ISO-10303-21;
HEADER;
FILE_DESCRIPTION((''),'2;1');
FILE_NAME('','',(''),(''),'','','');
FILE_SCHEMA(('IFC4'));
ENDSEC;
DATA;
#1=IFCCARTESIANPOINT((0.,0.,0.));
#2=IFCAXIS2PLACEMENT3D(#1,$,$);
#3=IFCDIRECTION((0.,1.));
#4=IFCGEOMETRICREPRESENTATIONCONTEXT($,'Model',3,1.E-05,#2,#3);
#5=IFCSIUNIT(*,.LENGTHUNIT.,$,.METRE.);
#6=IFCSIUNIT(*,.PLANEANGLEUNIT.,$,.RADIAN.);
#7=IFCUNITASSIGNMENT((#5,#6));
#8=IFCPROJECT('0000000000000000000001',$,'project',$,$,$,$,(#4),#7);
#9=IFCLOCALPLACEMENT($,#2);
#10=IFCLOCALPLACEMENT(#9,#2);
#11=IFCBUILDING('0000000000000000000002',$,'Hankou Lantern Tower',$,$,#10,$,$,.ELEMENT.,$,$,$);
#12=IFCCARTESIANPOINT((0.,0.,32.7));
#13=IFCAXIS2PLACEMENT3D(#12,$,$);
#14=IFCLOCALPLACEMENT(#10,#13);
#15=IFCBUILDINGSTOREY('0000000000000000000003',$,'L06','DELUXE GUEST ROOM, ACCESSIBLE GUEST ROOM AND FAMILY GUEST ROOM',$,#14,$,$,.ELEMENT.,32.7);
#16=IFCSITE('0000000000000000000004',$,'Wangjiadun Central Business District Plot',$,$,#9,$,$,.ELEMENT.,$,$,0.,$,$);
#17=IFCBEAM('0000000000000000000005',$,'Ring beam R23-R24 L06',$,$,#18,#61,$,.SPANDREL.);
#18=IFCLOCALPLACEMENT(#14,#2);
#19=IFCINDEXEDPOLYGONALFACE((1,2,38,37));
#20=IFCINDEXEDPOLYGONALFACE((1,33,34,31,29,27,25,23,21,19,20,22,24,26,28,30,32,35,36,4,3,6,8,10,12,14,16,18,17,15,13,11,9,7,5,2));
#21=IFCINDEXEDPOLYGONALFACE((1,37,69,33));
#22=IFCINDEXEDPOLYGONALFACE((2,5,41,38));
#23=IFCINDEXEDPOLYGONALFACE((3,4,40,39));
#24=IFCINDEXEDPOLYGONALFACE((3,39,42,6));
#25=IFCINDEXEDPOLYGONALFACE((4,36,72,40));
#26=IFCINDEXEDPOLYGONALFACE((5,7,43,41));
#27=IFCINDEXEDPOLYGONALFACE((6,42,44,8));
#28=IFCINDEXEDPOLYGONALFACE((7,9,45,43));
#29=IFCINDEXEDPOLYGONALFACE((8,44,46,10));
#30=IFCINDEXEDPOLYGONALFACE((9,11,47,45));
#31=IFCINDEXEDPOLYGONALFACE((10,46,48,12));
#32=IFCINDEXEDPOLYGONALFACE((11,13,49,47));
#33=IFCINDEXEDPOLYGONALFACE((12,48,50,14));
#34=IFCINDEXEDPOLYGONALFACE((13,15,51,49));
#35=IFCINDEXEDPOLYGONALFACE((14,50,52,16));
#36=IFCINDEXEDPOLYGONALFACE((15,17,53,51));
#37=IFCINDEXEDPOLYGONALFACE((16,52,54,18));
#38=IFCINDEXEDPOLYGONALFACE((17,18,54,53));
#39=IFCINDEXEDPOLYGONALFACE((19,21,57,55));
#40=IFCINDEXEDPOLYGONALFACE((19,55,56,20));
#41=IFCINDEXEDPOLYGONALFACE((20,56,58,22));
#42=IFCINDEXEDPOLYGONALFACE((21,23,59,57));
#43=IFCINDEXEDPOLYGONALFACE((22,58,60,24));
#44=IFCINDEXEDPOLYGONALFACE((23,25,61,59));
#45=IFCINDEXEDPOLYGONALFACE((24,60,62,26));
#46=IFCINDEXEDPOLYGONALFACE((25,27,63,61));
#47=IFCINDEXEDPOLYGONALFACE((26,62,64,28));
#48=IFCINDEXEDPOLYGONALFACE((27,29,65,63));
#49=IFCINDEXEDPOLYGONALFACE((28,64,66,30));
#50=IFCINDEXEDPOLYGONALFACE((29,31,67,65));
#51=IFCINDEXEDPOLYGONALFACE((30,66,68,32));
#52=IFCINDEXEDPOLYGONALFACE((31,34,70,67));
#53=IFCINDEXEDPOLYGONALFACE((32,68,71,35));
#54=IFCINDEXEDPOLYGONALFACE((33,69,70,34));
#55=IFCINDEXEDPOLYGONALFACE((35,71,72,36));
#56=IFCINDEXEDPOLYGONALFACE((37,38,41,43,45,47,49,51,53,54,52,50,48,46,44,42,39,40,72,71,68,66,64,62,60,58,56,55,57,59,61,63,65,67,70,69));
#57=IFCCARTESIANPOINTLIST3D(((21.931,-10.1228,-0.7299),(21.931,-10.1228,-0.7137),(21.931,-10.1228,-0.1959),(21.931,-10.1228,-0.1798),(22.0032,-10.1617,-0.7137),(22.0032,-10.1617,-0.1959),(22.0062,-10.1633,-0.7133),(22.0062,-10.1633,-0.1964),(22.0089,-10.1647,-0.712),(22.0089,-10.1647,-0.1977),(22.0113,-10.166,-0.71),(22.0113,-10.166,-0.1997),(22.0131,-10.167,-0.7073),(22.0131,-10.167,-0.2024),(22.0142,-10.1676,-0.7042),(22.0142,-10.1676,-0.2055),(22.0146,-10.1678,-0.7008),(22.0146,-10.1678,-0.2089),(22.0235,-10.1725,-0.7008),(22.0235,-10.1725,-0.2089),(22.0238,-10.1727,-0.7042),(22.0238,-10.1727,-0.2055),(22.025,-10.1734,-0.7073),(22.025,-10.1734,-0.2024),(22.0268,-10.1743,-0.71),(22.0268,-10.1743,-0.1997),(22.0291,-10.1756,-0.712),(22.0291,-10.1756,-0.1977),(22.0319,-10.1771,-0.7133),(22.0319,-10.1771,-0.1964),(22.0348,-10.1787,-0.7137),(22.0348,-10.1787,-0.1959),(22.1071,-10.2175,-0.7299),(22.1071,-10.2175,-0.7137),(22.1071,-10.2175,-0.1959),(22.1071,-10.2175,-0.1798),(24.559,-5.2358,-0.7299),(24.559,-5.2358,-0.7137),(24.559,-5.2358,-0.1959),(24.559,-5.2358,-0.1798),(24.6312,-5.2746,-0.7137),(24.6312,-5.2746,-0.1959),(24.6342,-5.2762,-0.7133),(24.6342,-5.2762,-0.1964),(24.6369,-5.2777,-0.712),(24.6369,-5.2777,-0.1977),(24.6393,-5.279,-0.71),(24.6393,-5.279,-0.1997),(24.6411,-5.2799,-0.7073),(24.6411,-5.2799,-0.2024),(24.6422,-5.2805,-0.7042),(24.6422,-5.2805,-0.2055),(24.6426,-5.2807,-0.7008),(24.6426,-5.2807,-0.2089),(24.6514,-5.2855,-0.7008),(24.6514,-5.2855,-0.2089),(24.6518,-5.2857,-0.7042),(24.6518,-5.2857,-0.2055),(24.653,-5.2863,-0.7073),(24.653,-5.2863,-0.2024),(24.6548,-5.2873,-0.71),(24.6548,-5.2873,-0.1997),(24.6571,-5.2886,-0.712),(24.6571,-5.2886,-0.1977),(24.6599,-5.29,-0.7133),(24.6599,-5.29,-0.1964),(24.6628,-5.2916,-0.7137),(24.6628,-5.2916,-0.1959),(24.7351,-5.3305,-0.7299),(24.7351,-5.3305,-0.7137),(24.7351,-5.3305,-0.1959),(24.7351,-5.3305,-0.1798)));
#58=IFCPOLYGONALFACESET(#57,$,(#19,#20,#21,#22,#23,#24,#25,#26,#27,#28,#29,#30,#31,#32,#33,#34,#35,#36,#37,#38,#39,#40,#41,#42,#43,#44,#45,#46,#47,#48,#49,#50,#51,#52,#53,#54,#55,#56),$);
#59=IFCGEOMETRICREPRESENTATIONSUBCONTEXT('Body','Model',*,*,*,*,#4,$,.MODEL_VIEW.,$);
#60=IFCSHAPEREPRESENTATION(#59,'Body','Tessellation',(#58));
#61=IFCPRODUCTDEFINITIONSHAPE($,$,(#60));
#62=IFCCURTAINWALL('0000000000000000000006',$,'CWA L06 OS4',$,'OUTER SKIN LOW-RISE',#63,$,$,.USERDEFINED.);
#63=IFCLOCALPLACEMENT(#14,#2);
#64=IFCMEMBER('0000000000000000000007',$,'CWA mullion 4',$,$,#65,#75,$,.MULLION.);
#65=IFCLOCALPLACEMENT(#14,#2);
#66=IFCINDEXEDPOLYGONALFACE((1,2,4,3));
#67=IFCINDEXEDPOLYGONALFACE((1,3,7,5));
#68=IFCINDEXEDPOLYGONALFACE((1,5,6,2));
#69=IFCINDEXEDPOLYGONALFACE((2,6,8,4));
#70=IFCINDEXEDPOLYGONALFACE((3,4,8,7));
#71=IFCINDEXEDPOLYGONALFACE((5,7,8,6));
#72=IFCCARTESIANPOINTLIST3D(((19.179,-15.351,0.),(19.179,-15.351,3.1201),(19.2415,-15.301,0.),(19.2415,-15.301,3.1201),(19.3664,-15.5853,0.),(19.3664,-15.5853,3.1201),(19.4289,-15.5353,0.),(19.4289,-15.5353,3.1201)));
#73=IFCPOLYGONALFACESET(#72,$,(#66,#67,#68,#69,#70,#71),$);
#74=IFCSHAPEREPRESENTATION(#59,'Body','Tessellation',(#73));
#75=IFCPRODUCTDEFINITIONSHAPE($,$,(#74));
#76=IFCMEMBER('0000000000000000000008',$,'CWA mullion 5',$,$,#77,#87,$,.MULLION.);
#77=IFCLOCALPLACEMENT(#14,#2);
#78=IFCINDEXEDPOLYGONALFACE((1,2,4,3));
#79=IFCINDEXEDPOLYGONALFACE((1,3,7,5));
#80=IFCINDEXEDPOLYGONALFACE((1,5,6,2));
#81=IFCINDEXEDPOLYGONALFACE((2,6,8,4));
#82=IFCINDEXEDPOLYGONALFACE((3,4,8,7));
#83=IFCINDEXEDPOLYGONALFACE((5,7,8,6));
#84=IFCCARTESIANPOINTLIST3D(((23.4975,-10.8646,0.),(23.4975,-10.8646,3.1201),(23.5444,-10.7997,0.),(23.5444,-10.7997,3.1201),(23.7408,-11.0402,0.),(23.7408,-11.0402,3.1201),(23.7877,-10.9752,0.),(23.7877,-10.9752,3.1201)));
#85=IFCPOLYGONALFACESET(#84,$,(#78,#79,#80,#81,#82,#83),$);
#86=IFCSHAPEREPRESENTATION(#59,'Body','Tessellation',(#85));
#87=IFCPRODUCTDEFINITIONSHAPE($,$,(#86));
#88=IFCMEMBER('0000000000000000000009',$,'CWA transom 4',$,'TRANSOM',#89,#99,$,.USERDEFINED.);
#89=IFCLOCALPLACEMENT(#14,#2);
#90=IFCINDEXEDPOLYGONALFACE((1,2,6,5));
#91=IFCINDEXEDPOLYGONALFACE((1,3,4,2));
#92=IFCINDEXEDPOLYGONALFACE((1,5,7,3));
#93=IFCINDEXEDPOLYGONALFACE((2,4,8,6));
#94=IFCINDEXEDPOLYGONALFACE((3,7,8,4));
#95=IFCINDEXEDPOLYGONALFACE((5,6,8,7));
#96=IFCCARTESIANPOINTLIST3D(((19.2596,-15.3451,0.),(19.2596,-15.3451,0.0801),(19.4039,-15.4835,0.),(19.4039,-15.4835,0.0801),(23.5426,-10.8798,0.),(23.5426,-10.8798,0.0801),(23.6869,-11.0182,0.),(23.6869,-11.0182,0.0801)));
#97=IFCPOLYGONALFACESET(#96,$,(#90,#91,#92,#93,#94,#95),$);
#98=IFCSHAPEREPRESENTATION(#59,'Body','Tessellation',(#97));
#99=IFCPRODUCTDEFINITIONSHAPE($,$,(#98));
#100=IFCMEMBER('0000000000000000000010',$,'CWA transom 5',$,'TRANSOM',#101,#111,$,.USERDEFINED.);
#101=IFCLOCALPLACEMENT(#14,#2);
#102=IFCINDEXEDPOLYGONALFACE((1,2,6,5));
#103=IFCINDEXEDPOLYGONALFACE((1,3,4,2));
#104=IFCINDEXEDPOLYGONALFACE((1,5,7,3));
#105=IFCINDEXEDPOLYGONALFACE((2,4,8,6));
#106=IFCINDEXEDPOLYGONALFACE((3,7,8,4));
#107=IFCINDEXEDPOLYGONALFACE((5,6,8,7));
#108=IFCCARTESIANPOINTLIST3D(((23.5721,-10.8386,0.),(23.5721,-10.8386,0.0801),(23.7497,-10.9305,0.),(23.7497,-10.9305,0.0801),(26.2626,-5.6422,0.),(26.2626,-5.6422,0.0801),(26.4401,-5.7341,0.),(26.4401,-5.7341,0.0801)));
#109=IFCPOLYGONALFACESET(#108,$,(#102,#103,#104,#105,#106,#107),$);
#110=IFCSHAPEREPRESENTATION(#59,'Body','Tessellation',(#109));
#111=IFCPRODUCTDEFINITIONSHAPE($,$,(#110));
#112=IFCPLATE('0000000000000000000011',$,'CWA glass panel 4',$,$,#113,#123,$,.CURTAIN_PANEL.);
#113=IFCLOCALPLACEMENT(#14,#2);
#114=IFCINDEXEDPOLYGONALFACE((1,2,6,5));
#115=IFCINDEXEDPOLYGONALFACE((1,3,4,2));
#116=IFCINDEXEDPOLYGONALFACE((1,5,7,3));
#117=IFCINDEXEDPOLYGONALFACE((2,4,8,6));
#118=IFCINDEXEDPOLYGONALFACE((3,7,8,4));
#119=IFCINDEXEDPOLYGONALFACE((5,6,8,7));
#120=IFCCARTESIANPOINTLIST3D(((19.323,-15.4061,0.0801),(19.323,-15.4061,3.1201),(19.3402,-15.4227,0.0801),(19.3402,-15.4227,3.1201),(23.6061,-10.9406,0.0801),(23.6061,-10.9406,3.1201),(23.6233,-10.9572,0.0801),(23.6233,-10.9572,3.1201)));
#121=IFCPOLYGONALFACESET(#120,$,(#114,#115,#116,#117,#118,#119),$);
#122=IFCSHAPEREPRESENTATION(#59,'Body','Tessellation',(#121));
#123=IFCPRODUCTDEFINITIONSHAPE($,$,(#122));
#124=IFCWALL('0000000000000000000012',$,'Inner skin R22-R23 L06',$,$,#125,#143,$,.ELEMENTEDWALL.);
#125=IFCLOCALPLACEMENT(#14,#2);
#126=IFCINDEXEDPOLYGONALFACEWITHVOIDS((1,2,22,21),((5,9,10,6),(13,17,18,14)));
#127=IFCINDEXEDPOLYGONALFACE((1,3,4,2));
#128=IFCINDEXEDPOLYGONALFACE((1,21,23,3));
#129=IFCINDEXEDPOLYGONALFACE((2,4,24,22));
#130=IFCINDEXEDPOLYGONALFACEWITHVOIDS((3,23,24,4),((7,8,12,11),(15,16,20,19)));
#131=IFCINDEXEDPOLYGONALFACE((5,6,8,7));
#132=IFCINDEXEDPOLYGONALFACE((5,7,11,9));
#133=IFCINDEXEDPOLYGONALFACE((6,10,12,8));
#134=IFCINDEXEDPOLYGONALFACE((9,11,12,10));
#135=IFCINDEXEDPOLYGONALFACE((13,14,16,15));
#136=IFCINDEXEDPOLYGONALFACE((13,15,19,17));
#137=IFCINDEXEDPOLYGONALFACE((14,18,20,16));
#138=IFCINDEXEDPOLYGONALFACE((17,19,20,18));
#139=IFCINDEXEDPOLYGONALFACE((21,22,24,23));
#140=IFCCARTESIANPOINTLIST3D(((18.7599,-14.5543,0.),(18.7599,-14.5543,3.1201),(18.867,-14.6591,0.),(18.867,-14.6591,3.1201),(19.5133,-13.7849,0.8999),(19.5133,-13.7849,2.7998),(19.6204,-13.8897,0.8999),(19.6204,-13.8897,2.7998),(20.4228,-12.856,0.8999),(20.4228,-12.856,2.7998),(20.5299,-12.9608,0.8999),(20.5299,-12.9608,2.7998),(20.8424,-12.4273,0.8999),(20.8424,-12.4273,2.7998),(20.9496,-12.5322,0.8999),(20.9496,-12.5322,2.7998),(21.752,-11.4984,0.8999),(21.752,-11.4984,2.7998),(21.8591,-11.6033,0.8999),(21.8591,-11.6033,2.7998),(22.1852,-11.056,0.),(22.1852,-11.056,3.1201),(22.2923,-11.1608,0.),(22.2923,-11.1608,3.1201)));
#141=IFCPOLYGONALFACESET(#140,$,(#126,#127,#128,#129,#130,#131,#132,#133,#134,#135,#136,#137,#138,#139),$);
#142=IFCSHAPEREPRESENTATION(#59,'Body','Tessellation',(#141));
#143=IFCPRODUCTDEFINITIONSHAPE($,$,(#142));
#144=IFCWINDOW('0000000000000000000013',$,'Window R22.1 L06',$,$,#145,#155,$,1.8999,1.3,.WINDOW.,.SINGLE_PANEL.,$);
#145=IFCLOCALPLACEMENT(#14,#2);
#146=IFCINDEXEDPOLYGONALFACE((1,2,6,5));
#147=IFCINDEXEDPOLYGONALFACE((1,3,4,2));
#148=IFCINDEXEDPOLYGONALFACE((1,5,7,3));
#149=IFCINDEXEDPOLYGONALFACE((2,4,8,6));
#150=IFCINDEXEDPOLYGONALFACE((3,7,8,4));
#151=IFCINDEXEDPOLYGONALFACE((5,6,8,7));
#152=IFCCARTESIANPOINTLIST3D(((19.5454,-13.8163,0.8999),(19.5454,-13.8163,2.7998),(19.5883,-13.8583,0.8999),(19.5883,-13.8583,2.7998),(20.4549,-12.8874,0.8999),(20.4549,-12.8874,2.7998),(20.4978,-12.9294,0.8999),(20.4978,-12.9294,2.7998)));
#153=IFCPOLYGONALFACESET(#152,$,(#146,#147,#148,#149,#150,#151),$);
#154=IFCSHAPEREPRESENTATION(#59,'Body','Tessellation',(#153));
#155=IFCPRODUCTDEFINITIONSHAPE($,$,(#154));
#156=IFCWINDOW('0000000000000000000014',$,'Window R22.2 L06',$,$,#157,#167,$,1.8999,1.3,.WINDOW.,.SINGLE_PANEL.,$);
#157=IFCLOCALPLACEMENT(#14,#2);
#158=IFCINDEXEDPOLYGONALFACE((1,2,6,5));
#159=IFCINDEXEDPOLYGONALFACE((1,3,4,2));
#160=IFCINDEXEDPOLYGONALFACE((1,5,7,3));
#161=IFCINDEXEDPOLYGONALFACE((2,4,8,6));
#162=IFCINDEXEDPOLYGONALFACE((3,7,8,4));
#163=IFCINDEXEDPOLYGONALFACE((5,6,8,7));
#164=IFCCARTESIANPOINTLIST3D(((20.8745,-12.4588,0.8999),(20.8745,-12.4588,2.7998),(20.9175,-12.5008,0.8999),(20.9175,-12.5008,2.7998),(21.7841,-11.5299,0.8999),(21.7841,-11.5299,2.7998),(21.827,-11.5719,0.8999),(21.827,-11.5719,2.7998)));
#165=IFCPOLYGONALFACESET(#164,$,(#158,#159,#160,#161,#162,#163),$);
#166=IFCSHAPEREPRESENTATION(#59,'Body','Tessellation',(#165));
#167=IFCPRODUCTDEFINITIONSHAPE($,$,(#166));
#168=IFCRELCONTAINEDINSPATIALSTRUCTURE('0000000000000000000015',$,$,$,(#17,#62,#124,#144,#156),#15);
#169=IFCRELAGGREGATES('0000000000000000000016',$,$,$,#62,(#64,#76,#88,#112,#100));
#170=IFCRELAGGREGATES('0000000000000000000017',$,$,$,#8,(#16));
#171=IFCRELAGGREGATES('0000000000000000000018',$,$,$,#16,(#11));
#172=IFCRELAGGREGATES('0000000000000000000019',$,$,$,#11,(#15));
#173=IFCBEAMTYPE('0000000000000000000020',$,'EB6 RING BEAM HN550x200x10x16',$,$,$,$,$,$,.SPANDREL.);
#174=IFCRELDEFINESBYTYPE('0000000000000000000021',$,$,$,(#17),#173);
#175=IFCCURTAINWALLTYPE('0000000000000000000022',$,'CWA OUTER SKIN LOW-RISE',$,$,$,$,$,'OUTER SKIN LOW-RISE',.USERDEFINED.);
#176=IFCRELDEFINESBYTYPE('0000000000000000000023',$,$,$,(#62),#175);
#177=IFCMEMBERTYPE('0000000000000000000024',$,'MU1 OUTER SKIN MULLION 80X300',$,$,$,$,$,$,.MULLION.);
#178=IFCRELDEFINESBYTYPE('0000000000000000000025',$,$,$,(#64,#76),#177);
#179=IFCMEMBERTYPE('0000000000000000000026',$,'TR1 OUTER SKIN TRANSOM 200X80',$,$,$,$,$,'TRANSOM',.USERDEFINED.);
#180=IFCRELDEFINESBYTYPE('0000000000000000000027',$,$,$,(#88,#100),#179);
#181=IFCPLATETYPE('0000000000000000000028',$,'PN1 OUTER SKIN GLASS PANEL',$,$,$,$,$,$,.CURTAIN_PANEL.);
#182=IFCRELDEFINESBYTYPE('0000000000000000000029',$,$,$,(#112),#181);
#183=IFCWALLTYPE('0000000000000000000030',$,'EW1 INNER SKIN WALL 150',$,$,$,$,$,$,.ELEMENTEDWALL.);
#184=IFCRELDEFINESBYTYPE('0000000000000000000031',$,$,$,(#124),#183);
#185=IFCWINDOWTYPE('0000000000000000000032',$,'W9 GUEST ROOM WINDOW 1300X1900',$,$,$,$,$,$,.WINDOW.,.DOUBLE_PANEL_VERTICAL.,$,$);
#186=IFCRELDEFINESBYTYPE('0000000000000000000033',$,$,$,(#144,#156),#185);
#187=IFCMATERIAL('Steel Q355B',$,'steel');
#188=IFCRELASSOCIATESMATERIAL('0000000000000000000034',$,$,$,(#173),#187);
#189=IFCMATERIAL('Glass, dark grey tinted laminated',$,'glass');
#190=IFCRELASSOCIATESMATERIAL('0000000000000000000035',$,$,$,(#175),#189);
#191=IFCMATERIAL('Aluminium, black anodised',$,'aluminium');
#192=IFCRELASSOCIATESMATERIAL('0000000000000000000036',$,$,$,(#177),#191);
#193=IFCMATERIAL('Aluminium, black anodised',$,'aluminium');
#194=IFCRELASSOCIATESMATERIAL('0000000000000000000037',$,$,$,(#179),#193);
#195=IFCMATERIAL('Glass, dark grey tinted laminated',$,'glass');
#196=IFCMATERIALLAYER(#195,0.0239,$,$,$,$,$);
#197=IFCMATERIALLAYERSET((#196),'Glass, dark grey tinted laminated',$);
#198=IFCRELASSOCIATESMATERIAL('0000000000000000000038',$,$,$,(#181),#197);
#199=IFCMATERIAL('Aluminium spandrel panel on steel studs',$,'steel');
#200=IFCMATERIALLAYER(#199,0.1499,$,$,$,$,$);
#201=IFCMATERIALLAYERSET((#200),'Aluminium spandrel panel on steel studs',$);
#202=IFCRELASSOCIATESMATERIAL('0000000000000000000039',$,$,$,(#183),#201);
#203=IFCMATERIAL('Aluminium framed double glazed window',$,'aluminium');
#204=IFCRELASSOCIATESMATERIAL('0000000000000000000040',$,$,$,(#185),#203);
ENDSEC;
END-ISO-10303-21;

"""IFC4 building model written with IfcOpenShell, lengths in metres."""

from ifc_helpers import new_model, si_unit, direction, frame, frame_2d, origin, origin_2d, place, context, subcontext, project, spatial, rectangle, i_section, extrude, material, layer, layer_set, material_profile, profile_set, type_object, element, fill, aggregate, save


model = new_model("IFC4")

# Units and contexts
model_context = context("Model", 3, precision=1e-05, world=origin(), true_north=direction((0.0, 1.0)))
body_context = subcontext(model_context, "Body", "Model", "MODEL_VIEW")
ifc_project = project(units=[si_unit("LENGTHUNIT", "METRE"), si_unit("PLANEANGLEUNIT", "RADIAN")], contexts=[model_context])

# Site, building, storey
site_placement = place(None, origin())
site = spatial("IfcSite", under=ifc_project, at=site_placement, Name="Wangjiadun Central Business District Plot", CompositionType="ELEMENT", RefElevation=0.0)
building_placement = place(site_placement, origin())
building = spatial("IfcBuilding", under=site, at=building_placement, Name="Hankou Lantern Tower", CompositionType="ELEMENT")
storey_placement = place(building_placement, frame((0.0, 0.0, 32.7)))
storey = spatial("IfcBuildingStorey", under=building, at=storey_placement, Name="L06", Description="DELUXE GUEST ROOM, ACCESSIBLE GUEST ROOM AND FAMILY GUEST ROOM", CompositionType="ELEMENT", Elevation=32.7)

# Beam
ifc_material_1 = material(Name="Steel Q355B", Category="steel")
ifc_material_profile_1 = material_profile(ifc_material_1, i_section(OverallWidth=0.2, OverallDepth=0.55, WebThickness=0.01, FlangeThickness=0.0161, FilletRadius=0.0129, at=origin_2d()), Name="HN550x200x10x16")
ifc_profile_set_1 = profile_set([ifc_material_profile_1], Name="Steel Q355B")
beam_type = type_object("IfcBeamType", Name="EB6 RING BEAM HN550x200x10x16", PredefinedType="SPANDREL", material=ifc_profile_set_1)
beam_1_placement = place(storey_placement, frame((22.019, -10.1702, -0.4548), z_axis=(0.473609, 0.880735, 0.0), x_axis=(-0.880735, 0.473609, 0.0)))
element("IfcBeam", 1, at=beam_1_placement, inside=storey, type_object=beam_type, Name="Ring beam R23-R24 L06", PredefinedType="SPANDREL", context=body_context, shape_type="SweptSolid", body=[
    extrude(i_section(OverallWidth=0.2, OverallDepth=0.55, WebThickness=0.01, FlangeThickness=0.0161, FilletRadius=0.0129, at=origin_2d()), origin(), (0.0, 0.0, 1.0), 5.5488),
])

# Curtain wall, members, plate
ifc_material_2 = material(Name="Glass, dark grey tinted laminated", Category="glass")
curtain_wall_type = type_object("IfcCurtainWallType", Name="CWA OUTER SKIN LOW-RISE", ElementType="OUTER SKIN LOW-RISE", PredefinedType="USERDEFINED", material=ifc_material_2)
curtain_wall_placement = place(storey_placement, origin())
curtain_wall = element("IfcCurtainWall", 2, at=curtain_wall_placement, inside=storey, type_object=curtain_wall_type, Name="CWA L06 OS4", ObjectType="OUTER SKIN LOW-RISE", PredefinedType="USERDEFINED")
ifc_material_3 = material(Name="Aluminium, black anodised", Category="aluminium")
ifc_material_profile_2 = material_profile(ifc_material_3, rectangle(XDim=0.0801, YDim=0.3, at=origin_2d()), Name="MU1 80X300")
ifc_profile_set_2 = profile_set([ifc_material_profile_2], Name="Aluminium, black anodised")
member_type_1 = type_object("IfcMemberType", Name="MU1 OUTER SKIN MULLION 80X300", PredefinedType="MULLION", material=ifc_profile_set_2)
member_1_placement = place(storey_placement, frame((19.304, -15.4431, 0.0), z_axis=(0.0, 0.0, 1.0), x_axis=(0.780869, 0.624695, 0.0)))
member_1 = element("IfcMember", 3, at=member_1_placement, type_object=member_type_1, Name="CWA mullion 4", PredefinedType="MULLION", context=body_context, shape_type="SweptSolid", body=[
    extrude(rectangle(XDim=0.0801, YDim=0.3, at=origin_2d()), origin(), (0.0, 0.0, 1.0), 3.1201),
])
member_2_placement = place(storey_placement, frame((23.6426, -10.9199, 0.0), z_axis=(0.0, 0.0, 1.0), x_axis=(0.585206, 0.810885, 0.0)))
member_2 = element("IfcMember", 4, at=member_2_placement, type_object=member_type_1, Name="CWA mullion 5", PredefinedType="MULLION", context=body_context, shape_type="SweptSolid", body=[
    extrude(rectangle(XDim=0.0801, YDim=0.3, at=origin_2d()), origin(), (0.0, 0.0, 1.0), 3.1201),
])
ifc_material_4 = material(Name="Aluminium, black anodised", Category="aluminium")
ifc_material_profile_3 = material_profile(ifc_material_4, rectangle(XDim=0.2, YDim=0.0801, at=origin_2d()), Name="TR1 200X80")
ifc_profile_set_3 = profile_set([ifc_material_profile_3], Name="Aluminium, black anodised")
member_type_2 = type_object("IfcMemberType", Name="TR1 OUTER SKIN TRANSOM 200X80", ElementType="TRANSOM", PredefinedType="USERDEFINED", material=ifc_profile_set_3)
member_3_placement = place(storey_placement, frame((19.3318, -15.4143, 0.04), z_axis=(0.692216, 0.721691, 0.0), x_axis=(-0.721691, 0.692216, 0.0)))
member_3 = element("IfcMember", 5, at=member_3_placement, type_object=member_type_2, Name="CWA transom 4", ObjectType="TRANSOM", PredefinedType="USERDEFINED", context=body_context, shape_type="SweptSolid", body=[
    extrude(rectangle(XDim=0.2, YDim=0.0801, at=origin_2d()), origin(), (0.0, 0.0, 1.0), 6.1873),
])
member_4_placement = place(storey_placement, frame((23.6609, -10.8845, 0.04), z_axis=(0.459786, 0.88803, 0.0), x_axis=(-0.88803, 0.459786, 0.0)))
member_4 = element("IfcMember", 6, at=member_4_placement, type_object=member_type_2, Name="CWA transom 5", ObjectType="TRANSOM", PredefinedType="USERDEFINED", context=body_context, shape_type="SweptSolid", body=[
    extrude(rectangle(XDim=0.2, YDim=0.0801, at=origin_2d()), origin(), (0.0, 0.0, 1.0), 5.8516),
])
ifc_material_5 = material(Name="Glass, dark grey tinted laminated", Category="glass")
ifc_layer_1 = layer(ifc_material_5, 0.0239)
ifc_layer_set_1 = layer_set([ifc_layer_1], Name="Glass, dark grey tinted laminated")
plate_type = type_object("IfcPlateType", Name="PN1 OUTER SKIN GLASS PANEL", PredefinedType="CURTAIN_PANEL", material=ifc_layer_set_1)
plate_placement = place(storey_placement, frame((21.4731, -13.1816, 0.0801), z_axis=(0.0, 0.0, 1.0), x_axis=(0.692216, 0.721691, 0.0)))
plate = element("IfcPlate", 7, at=plate_placement, type_object=plate_type, Name="CWA glass panel 4", PredefinedType="CURTAIN_PANEL", context=body_context, shape_type="SweptSolid", body=[
    extrude(rectangle(XDim=6.1875, YDim=0.0239, at=origin_2d()), origin(), (0.0, 0.0, 1.0), 3.04),
])
aggregate(curtain_wall, [member_1, member_2, member_3, plate, member_4])

# Wall, openings, windows
ifc_material_6 = material(Name="Aluminium spandrel panel on steel studs", Category="steel")
ifc_layer_2 = layer(ifc_material_6, 0.1499)
ifc_layer_set_2 = layer_set([ifc_layer_2], Name="Aluminium spandrel panel on steel studs")
wall_type_1 = type_object("IfcWallType", Name="EW1 INNER SKIN WALL 150", PredefinedType="ELEMENTEDWALL", material=ifc_layer_set_2)
wall_1_placement = place(storey_placement, frame((18.8135, -14.6067, 0.0), z_axis=(0.0, 0.0, 1.0), x_axis=(0.699613, 0.714522, 0.0)))
wall_1 = element("IfcWall", 8, at=wall_1_placement, inside=storey, type_object=wall_type_1, Name="Inner skin R22-R23 L06", PredefinedType="ELEMENTEDWALL", context=body_context, shape_type="SweptSolid", body=[
    extrude(rectangle(XDim=4.896, YDim=0.1499, at=frame_2d((2.448, 0.0))), origin(), (0.0, 0.0, 1.0), 3.1201),
])
opening_1_placement = place(wall_1_placement, frame((1.0769, 0.0, 0.8999)))
opening_1 = element("IfcOpeningElement", 9, at=opening_1_placement, cuts=wall_1, PredefinedType="OPENING", context=body_context, shape_type="SweptSolid", body=[
    extrude(rectangle(XDim=1.3, YDim=1.8999, at=frame_2d((0.6499, 0.95))), frame((0.0, 0.085, 0.0), z_axis=(0.0, -1.0, 0.0), x_axis=(1.0, 0.0, 0.0)), (0.0, 0.0, 1.0), 0.1699),
])
opening_2_placement = place(wall_1_placement, frame((2.9768, 0.0, 0.8999)))
opening_2 = element("IfcOpeningElement", 10, at=opening_2_placement, cuts=wall_1, PredefinedType="OPENING", context=body_context, shape_type="SweptSolid", body=[
    extrude(rectangle(XDim=1.3, YDim=1.8999, at=frame_2d((0.6499, 0.95))), frame((0.0, 0.085, 0.0), z_axis=(0.0, -1.0, 0.0), x_axis=(1.0, 0.0, 0.0)), (0.0, 0.0, 1.0), 0.1699),
])
ifc_material_7 = material(Name="Aluminium framed double glazed window", Category="aluminium")
window_type = type_object("IfcWindowType", Name="W9 GUEST ROOM WINDOW 1300X1900", PartitioningType="DOUBLE_PANEL_VERTICAL", PredefinedType="WINDOW", material=ifc_material_7)
window_1_placement = place(opening_1_placement, origin())
window_1 = element("IfcWindow", 11, at=window_1_placement, inside=storey, type_object=window_type, Name="Window R22.1 L06", OverallHeight=1.8999, OverallWidth=1.3, PartitioningType="SINGLE_PANEL", PredefinedType="WINDOW", context=body_context, shape_type="SweptSolid", body=[
    extrude(rectangle(XDim=1.3, YDim=1.8999, at=frame_2d((0.6499, 0.95))), frame((0.0, 0.03, 0.0), z_axis=(0.0, -1.0, 0.0), x_axis=(1.0, 0.0, 0.0)), (0.0, 0.0, 1.0), 0.0601),
])
fill(opening_1, window_1)
window_2_placement = place(opening_2_placement, origin())
window_2 = element("IfcWindow", 12, at=window_2_placement, inside=storey, type_object=window_type, Name="Window R22.2 L06", OverallHeight=1.8999, OverallWidth=1.3, PartitioningType="SINGLE_PANEL", PredefinedType="WINDOW", context=body_context, shape_type="SweptSolid", body=[
    extrude(rectangle(XDim=1.3, YDim=1.8999, at=frame_2d((0.6499, 0.95))), frame((0.0, 0.03, 0.0), z_axis=(0.0, -1.0, 0.0), x_axis=(1.0, 0.0, 0.0)), (0.0, 0.0, 1.0), 0.0601),
])
fill(opening_2, window_2)

save(model, "model.ifc")
